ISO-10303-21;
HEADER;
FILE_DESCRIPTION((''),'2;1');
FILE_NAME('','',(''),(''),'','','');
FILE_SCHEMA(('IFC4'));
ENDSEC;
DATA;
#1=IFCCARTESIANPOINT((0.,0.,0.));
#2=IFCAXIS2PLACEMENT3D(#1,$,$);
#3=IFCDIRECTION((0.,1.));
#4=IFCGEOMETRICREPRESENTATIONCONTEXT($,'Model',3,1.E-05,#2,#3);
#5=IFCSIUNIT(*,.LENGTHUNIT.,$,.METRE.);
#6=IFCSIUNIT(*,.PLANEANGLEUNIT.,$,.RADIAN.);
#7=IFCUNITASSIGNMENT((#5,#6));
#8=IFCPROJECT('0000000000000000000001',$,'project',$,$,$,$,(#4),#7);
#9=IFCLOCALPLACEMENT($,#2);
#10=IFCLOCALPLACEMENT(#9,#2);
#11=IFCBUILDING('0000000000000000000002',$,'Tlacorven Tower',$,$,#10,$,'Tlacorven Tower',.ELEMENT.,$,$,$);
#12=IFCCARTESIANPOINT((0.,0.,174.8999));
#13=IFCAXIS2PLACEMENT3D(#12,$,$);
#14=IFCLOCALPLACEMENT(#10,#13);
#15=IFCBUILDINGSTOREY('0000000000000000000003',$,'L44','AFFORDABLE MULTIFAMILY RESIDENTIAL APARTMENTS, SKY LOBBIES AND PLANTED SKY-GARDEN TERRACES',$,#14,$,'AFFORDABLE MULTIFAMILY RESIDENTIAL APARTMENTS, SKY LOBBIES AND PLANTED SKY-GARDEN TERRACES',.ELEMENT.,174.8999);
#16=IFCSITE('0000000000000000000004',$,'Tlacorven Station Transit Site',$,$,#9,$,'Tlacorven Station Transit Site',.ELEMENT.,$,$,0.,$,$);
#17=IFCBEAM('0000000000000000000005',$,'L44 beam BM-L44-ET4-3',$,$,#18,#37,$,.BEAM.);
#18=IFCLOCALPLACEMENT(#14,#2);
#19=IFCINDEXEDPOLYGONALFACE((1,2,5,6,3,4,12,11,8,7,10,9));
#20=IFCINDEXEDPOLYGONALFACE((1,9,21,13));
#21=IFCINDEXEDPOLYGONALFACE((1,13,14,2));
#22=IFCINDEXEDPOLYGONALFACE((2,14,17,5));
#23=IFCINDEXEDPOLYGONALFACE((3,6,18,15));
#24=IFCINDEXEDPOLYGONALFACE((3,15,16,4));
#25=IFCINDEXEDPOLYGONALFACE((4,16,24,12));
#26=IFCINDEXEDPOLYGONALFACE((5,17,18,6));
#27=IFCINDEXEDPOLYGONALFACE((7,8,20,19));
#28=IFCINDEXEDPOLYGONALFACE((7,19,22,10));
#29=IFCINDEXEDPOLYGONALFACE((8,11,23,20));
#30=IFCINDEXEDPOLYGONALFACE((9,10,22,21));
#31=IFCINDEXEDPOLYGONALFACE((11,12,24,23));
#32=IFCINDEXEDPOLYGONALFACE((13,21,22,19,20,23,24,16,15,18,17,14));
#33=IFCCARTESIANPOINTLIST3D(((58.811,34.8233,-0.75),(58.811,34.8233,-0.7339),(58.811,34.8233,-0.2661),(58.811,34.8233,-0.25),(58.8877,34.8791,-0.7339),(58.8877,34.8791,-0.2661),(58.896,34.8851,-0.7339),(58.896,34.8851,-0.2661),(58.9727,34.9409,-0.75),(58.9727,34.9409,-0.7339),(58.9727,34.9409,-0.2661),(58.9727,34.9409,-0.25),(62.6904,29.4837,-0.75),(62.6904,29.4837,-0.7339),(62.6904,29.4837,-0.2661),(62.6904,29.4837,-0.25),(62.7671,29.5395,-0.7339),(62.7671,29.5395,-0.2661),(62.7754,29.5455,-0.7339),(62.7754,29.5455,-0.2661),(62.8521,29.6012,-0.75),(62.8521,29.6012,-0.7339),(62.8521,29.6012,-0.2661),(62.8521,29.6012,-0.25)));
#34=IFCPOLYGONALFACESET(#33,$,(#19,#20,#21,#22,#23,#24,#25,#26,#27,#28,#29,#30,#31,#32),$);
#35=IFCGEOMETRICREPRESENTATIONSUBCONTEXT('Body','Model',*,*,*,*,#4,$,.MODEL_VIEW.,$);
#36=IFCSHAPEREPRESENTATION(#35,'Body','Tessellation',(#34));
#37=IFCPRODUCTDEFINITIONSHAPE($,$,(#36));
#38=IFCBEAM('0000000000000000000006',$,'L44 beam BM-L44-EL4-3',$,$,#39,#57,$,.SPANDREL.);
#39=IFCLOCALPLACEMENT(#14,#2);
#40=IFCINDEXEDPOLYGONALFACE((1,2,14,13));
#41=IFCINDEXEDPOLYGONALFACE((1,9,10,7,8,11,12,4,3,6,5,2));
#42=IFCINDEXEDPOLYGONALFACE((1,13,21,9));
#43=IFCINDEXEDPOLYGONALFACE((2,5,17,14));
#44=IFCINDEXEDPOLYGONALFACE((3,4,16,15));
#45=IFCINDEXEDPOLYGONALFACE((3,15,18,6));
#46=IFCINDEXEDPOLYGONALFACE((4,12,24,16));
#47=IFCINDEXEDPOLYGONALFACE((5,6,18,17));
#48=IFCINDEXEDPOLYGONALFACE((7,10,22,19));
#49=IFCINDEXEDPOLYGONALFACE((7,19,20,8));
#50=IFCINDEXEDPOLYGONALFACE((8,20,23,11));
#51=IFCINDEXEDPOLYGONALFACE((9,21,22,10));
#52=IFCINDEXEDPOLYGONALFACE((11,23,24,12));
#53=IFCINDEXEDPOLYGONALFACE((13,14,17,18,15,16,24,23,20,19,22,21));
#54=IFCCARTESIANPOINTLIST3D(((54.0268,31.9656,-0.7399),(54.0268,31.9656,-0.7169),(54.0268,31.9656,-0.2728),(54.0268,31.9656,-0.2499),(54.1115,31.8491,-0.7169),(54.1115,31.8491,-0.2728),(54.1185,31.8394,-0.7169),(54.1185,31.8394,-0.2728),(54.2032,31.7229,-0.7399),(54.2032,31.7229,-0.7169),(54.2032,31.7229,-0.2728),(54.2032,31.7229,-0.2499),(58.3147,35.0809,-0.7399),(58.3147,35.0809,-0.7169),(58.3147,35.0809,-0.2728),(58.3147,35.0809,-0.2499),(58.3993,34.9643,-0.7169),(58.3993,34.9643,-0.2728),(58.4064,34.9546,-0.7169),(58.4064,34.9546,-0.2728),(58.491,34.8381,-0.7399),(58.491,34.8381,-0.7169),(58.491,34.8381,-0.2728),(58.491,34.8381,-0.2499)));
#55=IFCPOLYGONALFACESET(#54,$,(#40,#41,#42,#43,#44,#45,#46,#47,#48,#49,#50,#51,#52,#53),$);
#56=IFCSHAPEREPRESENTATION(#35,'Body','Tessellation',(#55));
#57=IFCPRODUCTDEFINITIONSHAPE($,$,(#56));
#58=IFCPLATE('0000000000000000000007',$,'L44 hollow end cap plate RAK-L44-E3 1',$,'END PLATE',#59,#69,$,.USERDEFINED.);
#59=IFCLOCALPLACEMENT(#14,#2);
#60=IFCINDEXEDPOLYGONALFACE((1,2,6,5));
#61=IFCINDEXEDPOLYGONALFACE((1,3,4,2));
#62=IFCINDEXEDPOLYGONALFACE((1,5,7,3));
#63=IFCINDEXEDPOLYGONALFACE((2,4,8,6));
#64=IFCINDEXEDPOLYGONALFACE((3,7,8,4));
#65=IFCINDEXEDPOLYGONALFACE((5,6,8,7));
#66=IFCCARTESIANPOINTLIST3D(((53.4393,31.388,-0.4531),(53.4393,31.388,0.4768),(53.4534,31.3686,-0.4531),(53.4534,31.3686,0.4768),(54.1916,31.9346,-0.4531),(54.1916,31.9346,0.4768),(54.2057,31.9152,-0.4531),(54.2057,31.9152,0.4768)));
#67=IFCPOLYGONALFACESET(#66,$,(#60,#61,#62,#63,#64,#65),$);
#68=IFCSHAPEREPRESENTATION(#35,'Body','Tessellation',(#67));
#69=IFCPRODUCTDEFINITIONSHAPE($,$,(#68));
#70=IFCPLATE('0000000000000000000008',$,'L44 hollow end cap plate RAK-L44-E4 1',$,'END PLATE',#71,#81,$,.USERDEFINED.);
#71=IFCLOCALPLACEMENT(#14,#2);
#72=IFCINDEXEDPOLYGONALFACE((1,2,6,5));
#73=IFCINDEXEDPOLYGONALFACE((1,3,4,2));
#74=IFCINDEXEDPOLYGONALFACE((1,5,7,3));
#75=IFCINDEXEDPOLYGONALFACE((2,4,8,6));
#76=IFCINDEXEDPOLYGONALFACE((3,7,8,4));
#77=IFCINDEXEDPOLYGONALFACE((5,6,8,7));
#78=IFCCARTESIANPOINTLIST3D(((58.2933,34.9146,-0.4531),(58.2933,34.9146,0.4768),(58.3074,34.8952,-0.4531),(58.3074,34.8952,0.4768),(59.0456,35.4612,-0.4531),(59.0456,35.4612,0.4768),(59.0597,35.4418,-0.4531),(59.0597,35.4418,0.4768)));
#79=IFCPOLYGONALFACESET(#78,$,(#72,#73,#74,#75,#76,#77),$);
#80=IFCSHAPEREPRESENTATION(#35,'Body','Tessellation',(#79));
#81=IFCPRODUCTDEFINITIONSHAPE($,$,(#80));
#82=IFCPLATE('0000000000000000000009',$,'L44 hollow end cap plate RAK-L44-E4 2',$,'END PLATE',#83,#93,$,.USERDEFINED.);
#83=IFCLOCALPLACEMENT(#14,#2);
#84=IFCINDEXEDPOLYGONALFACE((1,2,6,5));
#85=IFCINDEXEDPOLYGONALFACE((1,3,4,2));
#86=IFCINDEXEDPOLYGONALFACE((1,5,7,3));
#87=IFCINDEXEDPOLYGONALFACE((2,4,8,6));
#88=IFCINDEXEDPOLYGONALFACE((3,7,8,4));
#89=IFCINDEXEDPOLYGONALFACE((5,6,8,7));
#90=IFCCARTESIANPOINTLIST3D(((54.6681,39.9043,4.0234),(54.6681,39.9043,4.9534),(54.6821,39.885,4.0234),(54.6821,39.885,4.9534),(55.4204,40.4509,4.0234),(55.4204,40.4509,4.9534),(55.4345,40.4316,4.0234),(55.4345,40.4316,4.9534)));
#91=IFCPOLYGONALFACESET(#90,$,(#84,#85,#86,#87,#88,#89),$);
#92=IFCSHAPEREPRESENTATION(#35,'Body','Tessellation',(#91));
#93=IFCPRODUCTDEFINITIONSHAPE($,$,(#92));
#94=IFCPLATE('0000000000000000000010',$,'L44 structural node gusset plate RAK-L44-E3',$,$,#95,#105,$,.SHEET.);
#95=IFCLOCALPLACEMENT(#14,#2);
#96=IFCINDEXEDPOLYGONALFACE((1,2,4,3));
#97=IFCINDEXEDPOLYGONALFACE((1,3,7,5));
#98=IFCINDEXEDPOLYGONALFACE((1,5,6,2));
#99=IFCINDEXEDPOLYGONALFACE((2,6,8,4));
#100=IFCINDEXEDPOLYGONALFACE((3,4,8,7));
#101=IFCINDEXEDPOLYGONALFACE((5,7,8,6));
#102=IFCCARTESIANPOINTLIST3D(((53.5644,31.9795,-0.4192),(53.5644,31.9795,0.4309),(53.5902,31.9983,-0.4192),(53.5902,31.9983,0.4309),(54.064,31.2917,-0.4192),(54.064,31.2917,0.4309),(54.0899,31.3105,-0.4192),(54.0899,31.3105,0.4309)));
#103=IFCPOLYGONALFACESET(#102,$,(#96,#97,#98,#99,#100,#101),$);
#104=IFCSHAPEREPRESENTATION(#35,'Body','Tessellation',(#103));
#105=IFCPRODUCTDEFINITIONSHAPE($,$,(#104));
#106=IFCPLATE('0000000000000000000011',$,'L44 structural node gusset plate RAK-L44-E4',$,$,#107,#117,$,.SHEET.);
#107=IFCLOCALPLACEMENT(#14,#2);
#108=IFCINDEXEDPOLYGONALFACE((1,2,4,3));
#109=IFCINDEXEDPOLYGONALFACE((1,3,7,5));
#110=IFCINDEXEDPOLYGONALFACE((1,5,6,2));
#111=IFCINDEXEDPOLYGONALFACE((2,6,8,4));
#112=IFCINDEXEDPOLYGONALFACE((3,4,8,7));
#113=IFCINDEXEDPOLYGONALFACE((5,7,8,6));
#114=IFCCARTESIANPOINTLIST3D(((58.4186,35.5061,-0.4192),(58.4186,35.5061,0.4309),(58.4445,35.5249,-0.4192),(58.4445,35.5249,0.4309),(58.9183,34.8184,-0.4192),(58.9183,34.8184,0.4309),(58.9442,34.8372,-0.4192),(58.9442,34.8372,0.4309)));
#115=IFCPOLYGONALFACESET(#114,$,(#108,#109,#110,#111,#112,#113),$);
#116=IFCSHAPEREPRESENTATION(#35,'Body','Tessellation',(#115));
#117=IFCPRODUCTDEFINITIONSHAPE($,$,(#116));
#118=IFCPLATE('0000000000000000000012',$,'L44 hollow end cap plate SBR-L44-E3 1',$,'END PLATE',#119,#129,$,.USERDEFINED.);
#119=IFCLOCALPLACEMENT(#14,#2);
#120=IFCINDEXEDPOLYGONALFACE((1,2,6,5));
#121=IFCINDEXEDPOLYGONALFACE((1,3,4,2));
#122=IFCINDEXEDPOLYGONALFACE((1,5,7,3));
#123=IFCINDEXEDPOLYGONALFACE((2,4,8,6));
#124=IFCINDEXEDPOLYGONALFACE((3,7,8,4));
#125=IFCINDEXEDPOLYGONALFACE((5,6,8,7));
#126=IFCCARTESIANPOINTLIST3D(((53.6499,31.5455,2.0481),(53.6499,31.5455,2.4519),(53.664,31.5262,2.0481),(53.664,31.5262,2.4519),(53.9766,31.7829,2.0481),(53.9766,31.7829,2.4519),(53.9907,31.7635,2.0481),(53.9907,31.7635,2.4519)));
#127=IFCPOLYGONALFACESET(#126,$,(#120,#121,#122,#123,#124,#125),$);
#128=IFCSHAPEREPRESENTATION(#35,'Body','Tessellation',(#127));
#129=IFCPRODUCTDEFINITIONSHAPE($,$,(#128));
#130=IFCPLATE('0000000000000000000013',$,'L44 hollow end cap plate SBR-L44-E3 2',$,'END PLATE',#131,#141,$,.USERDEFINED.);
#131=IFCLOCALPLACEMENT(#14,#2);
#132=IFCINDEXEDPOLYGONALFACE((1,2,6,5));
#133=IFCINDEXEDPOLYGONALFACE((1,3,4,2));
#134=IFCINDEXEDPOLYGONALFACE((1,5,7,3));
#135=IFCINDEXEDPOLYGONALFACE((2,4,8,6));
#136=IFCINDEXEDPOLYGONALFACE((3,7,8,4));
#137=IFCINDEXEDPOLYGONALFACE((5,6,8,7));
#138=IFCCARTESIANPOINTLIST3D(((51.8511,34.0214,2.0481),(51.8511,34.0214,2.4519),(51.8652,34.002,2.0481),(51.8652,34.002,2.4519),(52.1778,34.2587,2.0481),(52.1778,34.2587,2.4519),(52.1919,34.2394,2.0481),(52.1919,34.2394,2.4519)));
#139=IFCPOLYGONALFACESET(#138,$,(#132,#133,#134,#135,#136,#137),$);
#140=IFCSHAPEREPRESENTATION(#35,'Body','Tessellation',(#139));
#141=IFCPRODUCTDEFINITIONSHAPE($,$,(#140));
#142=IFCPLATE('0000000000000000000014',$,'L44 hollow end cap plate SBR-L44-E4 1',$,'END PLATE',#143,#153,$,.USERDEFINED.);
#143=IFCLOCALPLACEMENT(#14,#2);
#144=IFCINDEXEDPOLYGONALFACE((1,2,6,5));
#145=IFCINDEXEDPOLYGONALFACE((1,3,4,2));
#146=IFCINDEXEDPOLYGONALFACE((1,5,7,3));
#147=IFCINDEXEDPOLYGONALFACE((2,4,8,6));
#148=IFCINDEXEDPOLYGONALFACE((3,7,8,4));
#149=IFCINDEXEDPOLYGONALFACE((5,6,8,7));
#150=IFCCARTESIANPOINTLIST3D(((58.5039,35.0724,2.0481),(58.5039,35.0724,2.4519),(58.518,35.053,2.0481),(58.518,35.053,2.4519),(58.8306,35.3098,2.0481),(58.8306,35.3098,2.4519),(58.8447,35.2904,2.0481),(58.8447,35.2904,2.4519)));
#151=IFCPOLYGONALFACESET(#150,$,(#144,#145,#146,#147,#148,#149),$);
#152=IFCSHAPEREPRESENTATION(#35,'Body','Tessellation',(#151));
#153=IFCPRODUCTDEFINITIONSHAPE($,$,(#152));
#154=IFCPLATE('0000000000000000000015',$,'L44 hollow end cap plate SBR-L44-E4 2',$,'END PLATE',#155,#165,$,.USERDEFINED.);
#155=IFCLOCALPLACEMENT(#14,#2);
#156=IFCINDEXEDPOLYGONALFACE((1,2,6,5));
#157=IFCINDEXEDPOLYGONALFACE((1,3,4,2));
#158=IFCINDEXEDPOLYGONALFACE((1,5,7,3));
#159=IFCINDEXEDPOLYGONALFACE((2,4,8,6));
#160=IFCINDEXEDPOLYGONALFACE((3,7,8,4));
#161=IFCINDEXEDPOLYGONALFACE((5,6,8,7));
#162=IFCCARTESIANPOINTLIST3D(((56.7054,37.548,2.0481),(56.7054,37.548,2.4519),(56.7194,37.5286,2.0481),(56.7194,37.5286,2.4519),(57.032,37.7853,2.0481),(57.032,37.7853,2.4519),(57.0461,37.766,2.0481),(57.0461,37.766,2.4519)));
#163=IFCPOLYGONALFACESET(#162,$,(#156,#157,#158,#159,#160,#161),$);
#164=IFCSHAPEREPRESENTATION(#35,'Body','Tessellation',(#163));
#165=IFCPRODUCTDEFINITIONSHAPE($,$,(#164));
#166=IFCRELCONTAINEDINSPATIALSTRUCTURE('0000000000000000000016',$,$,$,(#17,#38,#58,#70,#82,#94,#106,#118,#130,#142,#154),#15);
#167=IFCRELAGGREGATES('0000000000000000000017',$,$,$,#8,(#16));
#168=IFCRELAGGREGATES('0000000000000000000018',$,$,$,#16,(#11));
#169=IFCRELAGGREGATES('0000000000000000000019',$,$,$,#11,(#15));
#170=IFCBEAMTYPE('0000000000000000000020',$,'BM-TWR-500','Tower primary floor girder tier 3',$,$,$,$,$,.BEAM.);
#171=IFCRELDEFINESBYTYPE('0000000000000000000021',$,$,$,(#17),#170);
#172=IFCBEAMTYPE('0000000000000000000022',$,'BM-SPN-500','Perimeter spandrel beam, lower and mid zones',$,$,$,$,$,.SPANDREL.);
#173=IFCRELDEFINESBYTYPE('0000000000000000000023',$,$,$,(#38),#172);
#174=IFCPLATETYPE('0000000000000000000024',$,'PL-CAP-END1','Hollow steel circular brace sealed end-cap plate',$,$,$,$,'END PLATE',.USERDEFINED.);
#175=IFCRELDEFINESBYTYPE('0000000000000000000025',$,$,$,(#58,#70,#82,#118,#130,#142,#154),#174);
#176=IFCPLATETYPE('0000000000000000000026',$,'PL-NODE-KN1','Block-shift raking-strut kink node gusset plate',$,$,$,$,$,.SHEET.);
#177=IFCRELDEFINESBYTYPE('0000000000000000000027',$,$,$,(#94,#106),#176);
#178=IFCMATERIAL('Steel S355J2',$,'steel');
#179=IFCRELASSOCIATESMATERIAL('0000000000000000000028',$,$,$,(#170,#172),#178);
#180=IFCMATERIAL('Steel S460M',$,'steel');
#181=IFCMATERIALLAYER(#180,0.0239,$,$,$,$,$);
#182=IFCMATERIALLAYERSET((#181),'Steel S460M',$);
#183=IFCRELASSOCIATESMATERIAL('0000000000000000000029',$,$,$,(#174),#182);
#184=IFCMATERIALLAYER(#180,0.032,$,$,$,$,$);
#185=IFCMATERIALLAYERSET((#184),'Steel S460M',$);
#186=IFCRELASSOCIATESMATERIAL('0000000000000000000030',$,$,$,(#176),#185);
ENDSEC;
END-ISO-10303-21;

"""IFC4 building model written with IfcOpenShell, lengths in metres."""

from ifc_helpers import new_model, si_unit, direction, frame, origin, origin_2d, place, context, subcontext, project, spatial, rectangle, i_section, extrude, source, transform, mapped, material, layer, layer_set, material_profile, profile_set, type_object, element, save


model = new_model("IFC4")

# Units and contexts
model_context = context("Model", 3, precision=1e-05, world=origin(), true_north=direction((0.0, 1.0)))
body_context = subcontext(model_context, "Body", "Model", "MODEL_VIEW")
ifc_project = project(units=[si_unit("LENGTHUNIT", "METRE"), si_unit("PLANEANGLEUNIT", "RADIAN")], contexts=[model_context])

# Site, building, storey
site_placement = place(None, origin())
site = spatial("IfcSite", under=ifc_project, at=site_placement, Name="Tlacorven Station Transit Site", LongName="Tlacorven Station Transit Site", CompositionType="ELEMENT", RefElevation=0.0)
building_placement = place(site_placement, origin())
building = spatial("IfcBuilding", under=site, at=building_placement, Name="Tlacorven Tower", LongName="Tlacorven Tower", CompositionType="ELEMENT")
storey_placement = place(building_placement, frame((0.0, 0.0, 174.8999)))
storey = spatial("IfcBuildingStorey", under=building, at=storey_placement, Name="L44", Description="AFFORDABLE MULTIFAMILY RESIDENTIAL APARTMENTS, SKY LOBBIES AND PLANTED SKY-GARDEN TERRACES", LongName="AFFORDABLE MULTIFAMILY RESIDENTIAL APARTMENTS, SKY LOBBIES AND PLANTED SKY-GARDEN TERRACES", CompositionType="ELEMENT", Elevation=174.8999)

# Shared definitions
ifc_material_1 = material(Name="Steel S460M", Category="steel")

# Beams
ifc_material_2 = material(Name="Steel S355J2", Category="steel")
ifc_material_profile_1 = material_profile(ifc_material_2, i_section(OverallWidth=0.2, OverallDepth=0.5, WebThickness=0.0103, FlangeThickness=0.0161, at=origin_2d()), Name="IPE 500")
ifc_profile_set_1 = profile_set([ifc_material_profile_1], Name="Steel S355J2")
beam_type_1 = type_object("IfcBeamType", Name="BM-TWR-500", Description="Tower primary floor girder tier 3", PredefinedType="BEAM", material=ifc_profile_set_1)
shared_shape_1 = source(origin(), body_context, "Body", "SweptSolid", [
    extrude(i_section(OverallWidth=0.2, OverallDepth=0.5, WebThickness=0.0103, FlangeThickness=0.0161, at=origin_2d()), origin(), (0.0, 0.0, 1.0), 6.6001),
])
beam_1_placement = place(storey_placement, frame((62.7712, 29.5425, -0.5), z_axis=(-0.58778, 0.809021, 0.0), x_axis=(-0.809021, -0.58778, 0.0)))
element("IfcBeam", 1, at=beam_1_placement, inside=storey, type_object=beam_type_1, Name="L44 beam BM-L44-ET4-3", PredefinedType="BEAM", context=body_context, shape_type="MappedRepresentation", body=[
    mapped(shared_shape_1, transform((0.0, 0.0, 0.0), scale=1.0)),
])
ifc_material_profile_2 = material_profile(ifc_material_2, i_section(OverallWidth=0.3, OverallDepth=0.49, WebThickness=0.012, FlangeThickness=0.0229, at=origin_2d()), Name="HEA 500")
ifc_profile_set_2 = profile_set([ifc_material_profile_2], Name="Steel S355J2")
beam_type_2 = type_object("IfcBeamType", Name="BM-SPN-500", Description="Perimeter spandrel beam, lower and mid zones", PredefinedType="SPANDREL", material=ifc_profile_set_2)
shared_shape_2 = source(origin(), body_context, "Body", "SweptSolid", [
    extrude(i_section(OverallWidth=0.3, OverallDepth=0.49, WebThickness=0.012, FlangeThickness=0.0229, at=origin_2d()), origin(), (0.0, 0.0, 1.0), 5.3),
])
beam_2_placement = place(storey_placement, frame((54.115, 31.8442, -0.4949), z_axis=(0.809023, 0.587777, 0.0), x_axis=(-0.587777, 0.809023, 0.0)))
element("IfcBeam", 2, at=beam_2_placement, inside=storey, type_object=beam_type_2, Name="L44 beam BM-L44-EL4-3", PredefinedType="SPANDREL", context=body_context, shape_type="MappedRepresentation", body=[
    mapped(shared_shape_2, transform((0.0, 0.0, 0.0), scale=1.0)),
])

# Plates
ifc_layer_1 = layer(ifc_material_1, 0.0239)
ifc_layer_set_1 = layer_set([ifc_layer_1], Name="Steel S460M")
plate_type_1 = type_object("IfcPlateType", Name="PL-CAP-END1", Description="Hollow steel circular brace sealed end-cap plate", ElementType="END PLATE", PredefinedType="USERDEFINED", material=ifc_layer_set_1)
shared_shape_3 = source(origin(), body_context, "Body", "SweptSolid", [
    extrude(rectangle(XDim=0.0239, YDim=0.9299, at=origin_2d()), origin(), (0.0, 0.0, 1.0), 0.9299),
])
for number, where, z_axis, x_axis, name in (
    (3, (53.8225, 31.6516, -0.4531), (0.0, 0.0, 1.0), (-0.587785, 0.809017, 0.0), "L44 hollow end cap plate RAK-L44-E3 1"),
    (4, (58.6765, 35.1782, -0.4531), (0.0, 0.0, 1.0), (-0.587785, 0.809017, 0.0), "L44 hollow end cap plate RAK-L44-E4 1"),
    (5, (55.0513, 40.168, 4.0234), (0.0, 0.0, 1.0), (-0.587785, 0.809017, 0.0), "L44 hollow end cap plate RAK-L44-E4 2"),
):
    element("IfcPlate", number, at=place(storey_placement, frame(where, z_axis=z_axis, x_axis=x_axis)), inside=storey, type_object=plate_type_1, Name=name, ObjectType="END PLATE", PredefinedType="USERDEFINED", context=body_context, shape_type="MappedRepresentation", body=[
        mapped(shared_shape_3, transform((0.0, 0.0, 0.0), scale=1.0)),
    ])
ifc_layer_2 = layer(ifc_material_1, 0.032)
ifc_layer_set_2 = layer_set([ifc_layer_2], Name="Steel S460M")
plate_type_2 = type_object("IfcPlateType", Name="PL-NODE-KN1", Description="Block-shift raking-strut kink node gusset plate", PredefinedType="SHEET", material=ifc_layer_set_2)
shared_shape_4 = source(origin(), body_context, "Body", "SweptSolid", [
    extrude(rectangle(XDim=0.8501, YDim=0.032, at=origin_2d()), origin(), (0.0, 0.0, 1.0), 0.8501),
])
for number, where, z_axis, x_axis, name in (
    (6, (53.8271, 31.645, -0.4192), (0.0, 0.0, 1.0), (-0.587785, 0.809017, 0.0), "L44 structural node gusset plate RAK-L44-E3"),
    (7, (58.6814, 35.1716, -0.4192), (0.0, 0.0, 1.0), (-0.587785, 0.809017, 0.0), "L44 structural node gusset plate RAK-L44-E4"),
):
    element("IfcPlate", number, at=place(storey_placement, frame(where, z_axis=z_axis, x_axis=x_axis)), inside=storey, type_object=plate_type_2, Name=name, PredefinedType="SHEET", context=body_context, shape_type="MappedRepresentation", body=[
        mapped(shared_shape_4, transform((0.0, 0.0, 0.0), scale=1.0)),
    ])
shared_shape_5 = source(origin(), body_context, "Body", "SweptSolid", [
    extrude(rectangle(XDim=0.0239, YDim=0.4038, at=origin_2d()), origin(), (0.0, 0.0, 1.0), 0.4038),
])
for number, where, z_axis, x_axis, name in (
    (8, (53.8203, 31.6545, 2.0481), (0.0, 0.0, 1.0), (-0.587784, 0.809018, 0.0), "L44 hollow end cap plate SBR-L44-E3 1"),
    (9, (52.0215, 34.1304, 2.0481), (0.0, 0.0, 1.0), (-0.587784, 0.809018, 0.0), "L44 hollow end cap plate SBR-L44-E3 2"),
    (10, (58.6743, 35.1814, 2.0481), (0.0, 0.0, 1.0), (-0.587784, 0.809018, 0.0), "L44 hollow end cap plate SBR-L44-E4 1"),
    (11, (56.8757, 37.657, 2.0481), (0.0, 0.0, 1.0), (-0.587784, 0.809018, 0.0), "L44 hollow end cap plate SBR-L44-E4 2"),
):
    element("IfcPlate", number, at=place(storey_placement, frame(where, z_axis=z_axis, x_axis=x_axis)), inside=storey, type_object=plate_type_1, Name=name, ObjectType="END PLATE", PredefinedType="USERDEFINED", context=body_context, shape_type="MappedRepresentation", body=[
        mapped(shared_shape_5, transform((0.0, 0.0, 0.0), scale=1.0)),
    ])

save(model, "model.ifc")
